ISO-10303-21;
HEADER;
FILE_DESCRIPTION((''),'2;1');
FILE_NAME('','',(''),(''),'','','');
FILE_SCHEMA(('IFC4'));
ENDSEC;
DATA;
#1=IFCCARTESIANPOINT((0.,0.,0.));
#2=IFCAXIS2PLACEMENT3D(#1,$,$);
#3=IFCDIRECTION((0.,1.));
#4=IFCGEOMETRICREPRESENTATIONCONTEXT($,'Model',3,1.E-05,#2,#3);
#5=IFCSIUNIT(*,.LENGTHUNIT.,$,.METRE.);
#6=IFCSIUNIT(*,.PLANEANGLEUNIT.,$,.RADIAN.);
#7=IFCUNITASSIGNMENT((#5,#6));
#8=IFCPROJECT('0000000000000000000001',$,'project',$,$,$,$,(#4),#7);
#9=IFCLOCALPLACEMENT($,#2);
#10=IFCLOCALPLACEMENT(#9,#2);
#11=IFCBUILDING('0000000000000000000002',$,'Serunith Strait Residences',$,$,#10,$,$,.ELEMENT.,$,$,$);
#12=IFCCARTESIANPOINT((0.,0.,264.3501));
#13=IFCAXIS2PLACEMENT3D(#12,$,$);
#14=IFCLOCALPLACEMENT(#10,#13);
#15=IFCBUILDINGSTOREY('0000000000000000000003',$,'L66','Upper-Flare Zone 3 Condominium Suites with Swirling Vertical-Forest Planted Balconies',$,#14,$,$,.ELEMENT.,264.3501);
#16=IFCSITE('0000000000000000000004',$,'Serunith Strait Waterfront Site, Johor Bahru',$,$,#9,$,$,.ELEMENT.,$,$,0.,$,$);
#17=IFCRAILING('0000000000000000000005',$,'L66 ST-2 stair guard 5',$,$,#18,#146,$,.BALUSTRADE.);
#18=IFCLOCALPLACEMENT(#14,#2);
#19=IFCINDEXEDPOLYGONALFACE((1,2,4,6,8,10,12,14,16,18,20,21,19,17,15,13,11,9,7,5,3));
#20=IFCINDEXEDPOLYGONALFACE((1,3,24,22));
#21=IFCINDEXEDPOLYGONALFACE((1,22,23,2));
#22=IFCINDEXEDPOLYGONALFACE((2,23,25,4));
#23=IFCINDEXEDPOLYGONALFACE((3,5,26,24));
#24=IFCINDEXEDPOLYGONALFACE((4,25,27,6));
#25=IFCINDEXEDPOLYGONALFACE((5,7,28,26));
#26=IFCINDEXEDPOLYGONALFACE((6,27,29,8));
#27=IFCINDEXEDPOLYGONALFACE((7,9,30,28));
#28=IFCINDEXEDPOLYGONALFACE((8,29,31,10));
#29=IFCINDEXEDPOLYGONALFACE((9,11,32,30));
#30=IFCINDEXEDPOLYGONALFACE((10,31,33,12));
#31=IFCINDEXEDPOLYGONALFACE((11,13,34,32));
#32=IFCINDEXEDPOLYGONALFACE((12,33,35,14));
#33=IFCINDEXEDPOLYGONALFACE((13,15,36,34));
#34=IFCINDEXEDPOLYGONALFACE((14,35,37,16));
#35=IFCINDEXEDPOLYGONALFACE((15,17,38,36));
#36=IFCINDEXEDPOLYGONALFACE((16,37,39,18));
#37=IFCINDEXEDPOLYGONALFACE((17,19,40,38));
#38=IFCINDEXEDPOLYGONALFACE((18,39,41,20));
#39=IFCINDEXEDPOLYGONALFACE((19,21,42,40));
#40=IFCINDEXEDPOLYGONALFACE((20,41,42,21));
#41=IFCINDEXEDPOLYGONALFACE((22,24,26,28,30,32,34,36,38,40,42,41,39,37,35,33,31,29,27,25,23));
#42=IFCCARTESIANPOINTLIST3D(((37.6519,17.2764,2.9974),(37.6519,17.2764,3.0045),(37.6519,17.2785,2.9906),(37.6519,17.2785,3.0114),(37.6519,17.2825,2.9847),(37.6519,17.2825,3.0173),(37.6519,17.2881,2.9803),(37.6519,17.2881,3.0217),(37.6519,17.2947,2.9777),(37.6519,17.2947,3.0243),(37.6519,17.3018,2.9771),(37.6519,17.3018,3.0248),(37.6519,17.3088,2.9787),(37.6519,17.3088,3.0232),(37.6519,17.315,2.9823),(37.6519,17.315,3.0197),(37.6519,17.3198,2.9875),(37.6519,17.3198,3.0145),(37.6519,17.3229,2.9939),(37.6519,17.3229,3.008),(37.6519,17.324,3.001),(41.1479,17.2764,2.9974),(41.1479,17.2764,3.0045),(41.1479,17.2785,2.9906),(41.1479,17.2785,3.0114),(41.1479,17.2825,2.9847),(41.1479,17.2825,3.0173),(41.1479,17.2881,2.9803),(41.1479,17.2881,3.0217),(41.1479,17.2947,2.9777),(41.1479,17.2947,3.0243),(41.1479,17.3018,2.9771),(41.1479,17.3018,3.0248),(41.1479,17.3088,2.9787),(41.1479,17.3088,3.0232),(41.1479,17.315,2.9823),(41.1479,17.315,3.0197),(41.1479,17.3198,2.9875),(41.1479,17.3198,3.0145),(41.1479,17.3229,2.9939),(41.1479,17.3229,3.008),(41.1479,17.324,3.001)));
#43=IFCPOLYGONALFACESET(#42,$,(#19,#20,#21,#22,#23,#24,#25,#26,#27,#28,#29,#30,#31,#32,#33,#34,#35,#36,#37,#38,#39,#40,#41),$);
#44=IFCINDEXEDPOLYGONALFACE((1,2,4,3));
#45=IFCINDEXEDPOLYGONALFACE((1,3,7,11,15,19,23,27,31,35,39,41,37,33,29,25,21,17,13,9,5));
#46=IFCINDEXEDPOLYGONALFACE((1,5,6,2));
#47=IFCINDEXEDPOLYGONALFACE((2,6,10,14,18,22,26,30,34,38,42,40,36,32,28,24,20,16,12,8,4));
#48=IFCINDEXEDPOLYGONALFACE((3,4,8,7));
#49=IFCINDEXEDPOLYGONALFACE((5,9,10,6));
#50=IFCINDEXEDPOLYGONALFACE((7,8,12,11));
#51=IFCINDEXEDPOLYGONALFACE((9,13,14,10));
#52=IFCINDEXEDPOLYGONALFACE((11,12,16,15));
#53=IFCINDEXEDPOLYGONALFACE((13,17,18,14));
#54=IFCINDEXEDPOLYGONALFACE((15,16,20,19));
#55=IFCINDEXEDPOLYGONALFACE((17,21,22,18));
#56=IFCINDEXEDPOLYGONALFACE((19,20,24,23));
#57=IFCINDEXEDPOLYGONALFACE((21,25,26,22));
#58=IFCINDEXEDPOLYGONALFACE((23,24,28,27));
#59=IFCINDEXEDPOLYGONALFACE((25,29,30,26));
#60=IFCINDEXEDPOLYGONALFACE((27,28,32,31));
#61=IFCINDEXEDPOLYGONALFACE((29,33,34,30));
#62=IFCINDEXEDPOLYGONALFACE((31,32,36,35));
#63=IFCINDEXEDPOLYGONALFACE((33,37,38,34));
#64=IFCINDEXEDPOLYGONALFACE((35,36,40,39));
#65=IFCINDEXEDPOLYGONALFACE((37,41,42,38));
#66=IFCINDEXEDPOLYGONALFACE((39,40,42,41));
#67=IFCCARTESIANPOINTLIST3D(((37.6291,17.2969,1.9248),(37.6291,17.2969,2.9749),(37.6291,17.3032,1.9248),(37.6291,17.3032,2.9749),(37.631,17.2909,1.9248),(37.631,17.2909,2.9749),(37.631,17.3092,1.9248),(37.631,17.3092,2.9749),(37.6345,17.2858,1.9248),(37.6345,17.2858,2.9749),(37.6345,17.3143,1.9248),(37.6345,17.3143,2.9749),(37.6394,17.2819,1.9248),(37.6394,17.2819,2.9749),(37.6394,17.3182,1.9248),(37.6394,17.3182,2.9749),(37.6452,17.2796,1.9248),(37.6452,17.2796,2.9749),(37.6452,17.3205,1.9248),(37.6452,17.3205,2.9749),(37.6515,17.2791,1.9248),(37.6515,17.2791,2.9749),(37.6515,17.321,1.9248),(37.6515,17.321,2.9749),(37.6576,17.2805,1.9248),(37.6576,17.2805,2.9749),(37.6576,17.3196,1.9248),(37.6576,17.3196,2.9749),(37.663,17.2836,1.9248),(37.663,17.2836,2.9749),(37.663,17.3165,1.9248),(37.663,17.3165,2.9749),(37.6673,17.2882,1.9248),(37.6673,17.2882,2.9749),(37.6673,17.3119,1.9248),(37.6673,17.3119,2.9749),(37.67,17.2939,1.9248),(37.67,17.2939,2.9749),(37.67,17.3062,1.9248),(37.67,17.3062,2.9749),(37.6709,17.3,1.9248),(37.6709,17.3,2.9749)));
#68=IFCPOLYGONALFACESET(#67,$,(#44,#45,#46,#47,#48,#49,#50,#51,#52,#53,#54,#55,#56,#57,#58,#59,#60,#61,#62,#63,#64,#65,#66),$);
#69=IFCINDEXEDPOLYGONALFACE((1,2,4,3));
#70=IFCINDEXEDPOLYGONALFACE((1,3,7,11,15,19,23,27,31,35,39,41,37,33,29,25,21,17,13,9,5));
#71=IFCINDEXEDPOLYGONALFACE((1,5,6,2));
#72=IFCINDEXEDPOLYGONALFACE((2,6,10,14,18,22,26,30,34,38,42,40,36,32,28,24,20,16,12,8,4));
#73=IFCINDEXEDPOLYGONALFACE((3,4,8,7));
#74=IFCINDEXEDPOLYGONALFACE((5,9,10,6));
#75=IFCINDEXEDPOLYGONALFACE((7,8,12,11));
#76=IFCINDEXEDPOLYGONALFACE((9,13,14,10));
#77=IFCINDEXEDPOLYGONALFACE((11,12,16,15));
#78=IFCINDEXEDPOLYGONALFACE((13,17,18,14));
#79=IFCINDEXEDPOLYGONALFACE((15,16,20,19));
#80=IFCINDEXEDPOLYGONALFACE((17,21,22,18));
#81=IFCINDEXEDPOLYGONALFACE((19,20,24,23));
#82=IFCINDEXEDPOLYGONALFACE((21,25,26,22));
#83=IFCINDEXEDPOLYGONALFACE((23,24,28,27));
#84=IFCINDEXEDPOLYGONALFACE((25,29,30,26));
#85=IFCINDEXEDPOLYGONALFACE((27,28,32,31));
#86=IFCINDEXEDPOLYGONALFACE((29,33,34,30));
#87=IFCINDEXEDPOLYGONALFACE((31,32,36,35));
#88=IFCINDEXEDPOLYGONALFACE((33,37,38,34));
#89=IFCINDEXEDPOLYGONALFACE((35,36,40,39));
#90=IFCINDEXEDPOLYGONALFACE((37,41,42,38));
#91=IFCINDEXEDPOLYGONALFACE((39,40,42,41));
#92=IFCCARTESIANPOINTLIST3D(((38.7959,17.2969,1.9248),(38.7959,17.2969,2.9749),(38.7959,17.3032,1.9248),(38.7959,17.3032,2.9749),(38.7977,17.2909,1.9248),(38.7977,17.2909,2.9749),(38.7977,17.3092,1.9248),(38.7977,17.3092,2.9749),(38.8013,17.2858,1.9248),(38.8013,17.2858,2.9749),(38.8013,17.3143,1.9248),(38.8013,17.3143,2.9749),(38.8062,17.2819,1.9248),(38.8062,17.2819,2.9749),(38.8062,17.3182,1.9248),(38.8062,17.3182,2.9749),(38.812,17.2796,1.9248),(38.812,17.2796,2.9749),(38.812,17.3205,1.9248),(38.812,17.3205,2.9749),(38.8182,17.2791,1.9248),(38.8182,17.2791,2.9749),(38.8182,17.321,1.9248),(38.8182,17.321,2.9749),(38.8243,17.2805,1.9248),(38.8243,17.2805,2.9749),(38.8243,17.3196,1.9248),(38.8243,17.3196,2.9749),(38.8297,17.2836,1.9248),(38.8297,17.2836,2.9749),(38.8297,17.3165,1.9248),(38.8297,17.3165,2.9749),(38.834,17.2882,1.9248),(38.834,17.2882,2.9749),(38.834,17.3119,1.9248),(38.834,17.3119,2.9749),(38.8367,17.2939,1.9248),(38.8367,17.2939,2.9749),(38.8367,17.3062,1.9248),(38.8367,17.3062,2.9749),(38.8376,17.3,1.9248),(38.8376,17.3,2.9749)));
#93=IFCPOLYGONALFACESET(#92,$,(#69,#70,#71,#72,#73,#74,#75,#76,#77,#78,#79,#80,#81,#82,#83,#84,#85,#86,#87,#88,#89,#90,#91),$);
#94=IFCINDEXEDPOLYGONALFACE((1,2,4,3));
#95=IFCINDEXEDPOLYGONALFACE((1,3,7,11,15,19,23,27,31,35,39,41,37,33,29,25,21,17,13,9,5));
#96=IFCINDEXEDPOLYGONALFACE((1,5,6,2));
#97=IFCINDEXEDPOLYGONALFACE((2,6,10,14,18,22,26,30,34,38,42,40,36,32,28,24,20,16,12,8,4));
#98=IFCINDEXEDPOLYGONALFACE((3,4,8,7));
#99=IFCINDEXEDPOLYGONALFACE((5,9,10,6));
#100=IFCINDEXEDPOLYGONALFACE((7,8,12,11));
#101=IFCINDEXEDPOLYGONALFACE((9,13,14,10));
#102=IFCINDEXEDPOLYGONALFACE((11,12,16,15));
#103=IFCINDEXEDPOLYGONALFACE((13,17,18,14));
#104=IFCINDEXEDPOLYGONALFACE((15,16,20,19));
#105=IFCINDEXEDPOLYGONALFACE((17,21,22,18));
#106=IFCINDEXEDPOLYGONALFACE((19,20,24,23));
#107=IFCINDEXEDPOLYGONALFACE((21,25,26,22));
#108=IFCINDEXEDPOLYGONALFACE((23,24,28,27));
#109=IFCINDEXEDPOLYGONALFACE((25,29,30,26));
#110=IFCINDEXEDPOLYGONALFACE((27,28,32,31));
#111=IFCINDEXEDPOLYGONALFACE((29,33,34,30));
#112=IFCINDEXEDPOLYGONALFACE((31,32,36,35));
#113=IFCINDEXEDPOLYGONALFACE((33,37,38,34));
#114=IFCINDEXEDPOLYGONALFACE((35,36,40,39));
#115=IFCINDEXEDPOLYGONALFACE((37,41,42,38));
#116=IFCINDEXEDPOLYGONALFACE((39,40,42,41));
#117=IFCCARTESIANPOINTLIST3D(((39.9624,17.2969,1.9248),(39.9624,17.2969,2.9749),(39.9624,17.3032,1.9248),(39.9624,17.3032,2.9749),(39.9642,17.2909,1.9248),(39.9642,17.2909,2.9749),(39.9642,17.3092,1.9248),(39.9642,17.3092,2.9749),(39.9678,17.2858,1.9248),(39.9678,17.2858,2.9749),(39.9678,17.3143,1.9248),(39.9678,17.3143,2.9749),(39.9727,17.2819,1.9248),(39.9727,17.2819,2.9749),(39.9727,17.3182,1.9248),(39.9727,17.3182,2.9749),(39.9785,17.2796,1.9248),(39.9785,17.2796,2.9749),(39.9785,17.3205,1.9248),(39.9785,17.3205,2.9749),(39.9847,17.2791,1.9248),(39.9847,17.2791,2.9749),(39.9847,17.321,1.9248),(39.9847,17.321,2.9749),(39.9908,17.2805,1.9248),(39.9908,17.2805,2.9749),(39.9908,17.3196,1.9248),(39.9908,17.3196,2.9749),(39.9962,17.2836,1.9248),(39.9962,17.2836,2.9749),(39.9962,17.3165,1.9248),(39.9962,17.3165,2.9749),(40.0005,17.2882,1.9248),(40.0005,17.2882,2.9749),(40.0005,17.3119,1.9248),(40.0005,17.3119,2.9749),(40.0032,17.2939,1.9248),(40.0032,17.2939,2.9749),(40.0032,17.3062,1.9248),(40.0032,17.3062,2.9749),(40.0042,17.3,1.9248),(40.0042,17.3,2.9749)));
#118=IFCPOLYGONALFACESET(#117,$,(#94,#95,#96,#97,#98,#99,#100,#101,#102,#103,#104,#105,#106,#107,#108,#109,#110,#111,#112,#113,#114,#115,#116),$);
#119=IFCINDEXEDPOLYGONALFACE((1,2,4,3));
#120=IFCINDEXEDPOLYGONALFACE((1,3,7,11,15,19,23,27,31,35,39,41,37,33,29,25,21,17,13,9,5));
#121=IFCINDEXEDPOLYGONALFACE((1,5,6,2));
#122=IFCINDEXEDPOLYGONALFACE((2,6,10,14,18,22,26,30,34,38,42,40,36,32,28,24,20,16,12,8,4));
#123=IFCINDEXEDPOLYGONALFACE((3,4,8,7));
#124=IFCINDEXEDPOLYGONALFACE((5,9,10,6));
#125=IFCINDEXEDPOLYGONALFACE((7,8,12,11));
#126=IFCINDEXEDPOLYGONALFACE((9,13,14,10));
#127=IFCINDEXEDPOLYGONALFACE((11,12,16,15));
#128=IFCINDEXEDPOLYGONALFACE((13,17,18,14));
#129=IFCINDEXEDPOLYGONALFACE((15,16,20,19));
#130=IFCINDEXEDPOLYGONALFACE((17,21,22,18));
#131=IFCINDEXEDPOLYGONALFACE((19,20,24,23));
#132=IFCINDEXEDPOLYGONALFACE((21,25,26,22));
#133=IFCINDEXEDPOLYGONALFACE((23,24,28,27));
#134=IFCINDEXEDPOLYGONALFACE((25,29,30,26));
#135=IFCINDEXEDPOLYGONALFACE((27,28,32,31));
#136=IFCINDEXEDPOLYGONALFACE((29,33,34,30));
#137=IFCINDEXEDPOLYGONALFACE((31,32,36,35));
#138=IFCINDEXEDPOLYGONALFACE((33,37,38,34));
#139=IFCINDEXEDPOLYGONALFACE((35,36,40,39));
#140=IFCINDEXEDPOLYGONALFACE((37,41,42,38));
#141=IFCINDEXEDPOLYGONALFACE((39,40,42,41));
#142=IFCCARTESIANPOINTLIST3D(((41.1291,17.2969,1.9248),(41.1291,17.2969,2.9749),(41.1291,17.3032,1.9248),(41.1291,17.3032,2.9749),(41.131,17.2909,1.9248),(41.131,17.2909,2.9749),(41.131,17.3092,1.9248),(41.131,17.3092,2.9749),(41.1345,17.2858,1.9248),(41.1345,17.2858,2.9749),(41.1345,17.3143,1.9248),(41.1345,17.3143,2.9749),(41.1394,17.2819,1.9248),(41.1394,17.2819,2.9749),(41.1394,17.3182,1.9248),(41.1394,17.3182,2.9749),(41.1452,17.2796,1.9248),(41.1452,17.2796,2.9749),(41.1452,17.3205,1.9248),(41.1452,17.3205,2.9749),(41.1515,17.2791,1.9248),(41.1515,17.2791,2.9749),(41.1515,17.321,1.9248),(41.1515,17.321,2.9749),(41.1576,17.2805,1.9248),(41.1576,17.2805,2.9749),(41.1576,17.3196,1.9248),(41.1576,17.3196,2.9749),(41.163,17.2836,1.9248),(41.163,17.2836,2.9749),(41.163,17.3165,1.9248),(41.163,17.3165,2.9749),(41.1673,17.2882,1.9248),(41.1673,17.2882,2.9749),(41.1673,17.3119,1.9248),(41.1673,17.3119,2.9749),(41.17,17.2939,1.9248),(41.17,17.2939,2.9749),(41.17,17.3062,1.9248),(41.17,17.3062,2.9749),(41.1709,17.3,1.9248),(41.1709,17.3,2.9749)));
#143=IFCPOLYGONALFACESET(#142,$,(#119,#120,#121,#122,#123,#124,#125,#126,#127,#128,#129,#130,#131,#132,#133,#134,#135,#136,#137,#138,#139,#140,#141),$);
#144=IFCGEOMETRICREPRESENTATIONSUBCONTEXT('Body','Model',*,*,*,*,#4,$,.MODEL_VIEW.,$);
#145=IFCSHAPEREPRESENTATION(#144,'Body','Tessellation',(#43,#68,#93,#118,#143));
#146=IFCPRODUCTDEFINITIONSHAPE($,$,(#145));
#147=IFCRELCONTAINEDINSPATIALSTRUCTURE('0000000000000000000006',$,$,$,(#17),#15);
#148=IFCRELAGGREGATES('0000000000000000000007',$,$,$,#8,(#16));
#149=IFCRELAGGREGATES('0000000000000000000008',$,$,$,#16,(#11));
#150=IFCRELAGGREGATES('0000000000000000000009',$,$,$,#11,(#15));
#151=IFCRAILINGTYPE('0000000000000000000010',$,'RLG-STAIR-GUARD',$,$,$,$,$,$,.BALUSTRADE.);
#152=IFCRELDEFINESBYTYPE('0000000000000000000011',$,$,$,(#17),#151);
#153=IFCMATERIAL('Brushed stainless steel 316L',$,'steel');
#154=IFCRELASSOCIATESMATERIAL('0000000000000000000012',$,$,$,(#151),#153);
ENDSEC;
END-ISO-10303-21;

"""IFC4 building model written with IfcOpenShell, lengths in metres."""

from ifc_helpers import new_model, si_unit, direction, frame, origin, origin_2d, place, context, subcontext, project, spatial, circle, extrude, material, type_object, element, save


model = new_model("IFC4")

# Units and contexts
model_context = context("Model", 3, precision=1e-05, world=origin(), true_north=direction((0.0, 1.0)))
body_context = subcontext(model_context, "Body", "Model", "MODEL_VIEW")
ifc_project = project(units=[si_unit("LENGTHUNIT", "METRE"), si_unit("PLANEANGLEUNIT", "RADIAN")], contexts=[model_context])

# Site, building, storey
site_placement = place(None, origin())
site = spatial("IfcSite", under=ifc_project, at=site_placement, Name="Serunith Strait Waterfront Site, Johor Bahru", CompositionType="ELEMENT", RefElevation=0.0)
building_placement = place(site_placement, origin())
building = spatial("IfcBuilding", under=site, at=building_placement, Name="Serunith Strait Residences", CompositionType="ELEMENT")
storey_placement = place(building_placement, frame((0.0, 0.0, 264.3501)))
storey = spatial("IfcBuildingStorey", under=building, at=storey_placement, Name="L66", Description="Upper-Flare Zone 3 Condominium Suites with Swirling Vertical-Forest Planted Balconies", CompositionType="ELEMENT", Elevation=264.3501)

# Railing
ifc_material_1 = material(Name="Brushed stainless steel 316L", Category="steel")
railing_type_1 = type_object("IfcRailingType", Name="RLG-STAIR-GUARD", PredefinedType="BALUSTRADE", material=ifc_material_1)
railing_1_placement = place(storey_placement, frame((37.6499, 17.3, 1.9248)))
element("IfcRailing", 1, at=railing_1_placement, inside=storey, type_object=railing_type_1, Name="L66 ST-2 stair guard 5", PredefinedType="BALUSTRADE", context=body_context, shape_type="SweptSolid", body=[
    extrude(circle(Radius=0.0239, at=origin_2d()), frame((0.002, 0.0, 1.0762), z_axis=(1.0, 0.0, 0.0), x_axis=(0.0, 1.0, 0.0)), (0.0, 0.0, 1.0), 3.4961),
    extrude(circle(Radius=0.021, at=origin_2d()), origin(), (0.0, 0.0, 1.0), 1.05),
    extrude(circle(Radius=0.021, at=origin_2d()), frame((1.1667, 0.0, 0.0)), (0.0, 0.0, 1.0), 1.05),
    extrude(circle(Radius=0.021, at=origin_2d()), frame((2.3333, 0.0, 0.0)), (0.0, 0.0, 1.0), 1.05),
    extrude(circle(Radius=0.021, at=origin_2d()), frame((3.5, 0.0, 0.0)), (0.0, 0.0, 1.0), 1.05),
])

save(model, "model.ifc")
